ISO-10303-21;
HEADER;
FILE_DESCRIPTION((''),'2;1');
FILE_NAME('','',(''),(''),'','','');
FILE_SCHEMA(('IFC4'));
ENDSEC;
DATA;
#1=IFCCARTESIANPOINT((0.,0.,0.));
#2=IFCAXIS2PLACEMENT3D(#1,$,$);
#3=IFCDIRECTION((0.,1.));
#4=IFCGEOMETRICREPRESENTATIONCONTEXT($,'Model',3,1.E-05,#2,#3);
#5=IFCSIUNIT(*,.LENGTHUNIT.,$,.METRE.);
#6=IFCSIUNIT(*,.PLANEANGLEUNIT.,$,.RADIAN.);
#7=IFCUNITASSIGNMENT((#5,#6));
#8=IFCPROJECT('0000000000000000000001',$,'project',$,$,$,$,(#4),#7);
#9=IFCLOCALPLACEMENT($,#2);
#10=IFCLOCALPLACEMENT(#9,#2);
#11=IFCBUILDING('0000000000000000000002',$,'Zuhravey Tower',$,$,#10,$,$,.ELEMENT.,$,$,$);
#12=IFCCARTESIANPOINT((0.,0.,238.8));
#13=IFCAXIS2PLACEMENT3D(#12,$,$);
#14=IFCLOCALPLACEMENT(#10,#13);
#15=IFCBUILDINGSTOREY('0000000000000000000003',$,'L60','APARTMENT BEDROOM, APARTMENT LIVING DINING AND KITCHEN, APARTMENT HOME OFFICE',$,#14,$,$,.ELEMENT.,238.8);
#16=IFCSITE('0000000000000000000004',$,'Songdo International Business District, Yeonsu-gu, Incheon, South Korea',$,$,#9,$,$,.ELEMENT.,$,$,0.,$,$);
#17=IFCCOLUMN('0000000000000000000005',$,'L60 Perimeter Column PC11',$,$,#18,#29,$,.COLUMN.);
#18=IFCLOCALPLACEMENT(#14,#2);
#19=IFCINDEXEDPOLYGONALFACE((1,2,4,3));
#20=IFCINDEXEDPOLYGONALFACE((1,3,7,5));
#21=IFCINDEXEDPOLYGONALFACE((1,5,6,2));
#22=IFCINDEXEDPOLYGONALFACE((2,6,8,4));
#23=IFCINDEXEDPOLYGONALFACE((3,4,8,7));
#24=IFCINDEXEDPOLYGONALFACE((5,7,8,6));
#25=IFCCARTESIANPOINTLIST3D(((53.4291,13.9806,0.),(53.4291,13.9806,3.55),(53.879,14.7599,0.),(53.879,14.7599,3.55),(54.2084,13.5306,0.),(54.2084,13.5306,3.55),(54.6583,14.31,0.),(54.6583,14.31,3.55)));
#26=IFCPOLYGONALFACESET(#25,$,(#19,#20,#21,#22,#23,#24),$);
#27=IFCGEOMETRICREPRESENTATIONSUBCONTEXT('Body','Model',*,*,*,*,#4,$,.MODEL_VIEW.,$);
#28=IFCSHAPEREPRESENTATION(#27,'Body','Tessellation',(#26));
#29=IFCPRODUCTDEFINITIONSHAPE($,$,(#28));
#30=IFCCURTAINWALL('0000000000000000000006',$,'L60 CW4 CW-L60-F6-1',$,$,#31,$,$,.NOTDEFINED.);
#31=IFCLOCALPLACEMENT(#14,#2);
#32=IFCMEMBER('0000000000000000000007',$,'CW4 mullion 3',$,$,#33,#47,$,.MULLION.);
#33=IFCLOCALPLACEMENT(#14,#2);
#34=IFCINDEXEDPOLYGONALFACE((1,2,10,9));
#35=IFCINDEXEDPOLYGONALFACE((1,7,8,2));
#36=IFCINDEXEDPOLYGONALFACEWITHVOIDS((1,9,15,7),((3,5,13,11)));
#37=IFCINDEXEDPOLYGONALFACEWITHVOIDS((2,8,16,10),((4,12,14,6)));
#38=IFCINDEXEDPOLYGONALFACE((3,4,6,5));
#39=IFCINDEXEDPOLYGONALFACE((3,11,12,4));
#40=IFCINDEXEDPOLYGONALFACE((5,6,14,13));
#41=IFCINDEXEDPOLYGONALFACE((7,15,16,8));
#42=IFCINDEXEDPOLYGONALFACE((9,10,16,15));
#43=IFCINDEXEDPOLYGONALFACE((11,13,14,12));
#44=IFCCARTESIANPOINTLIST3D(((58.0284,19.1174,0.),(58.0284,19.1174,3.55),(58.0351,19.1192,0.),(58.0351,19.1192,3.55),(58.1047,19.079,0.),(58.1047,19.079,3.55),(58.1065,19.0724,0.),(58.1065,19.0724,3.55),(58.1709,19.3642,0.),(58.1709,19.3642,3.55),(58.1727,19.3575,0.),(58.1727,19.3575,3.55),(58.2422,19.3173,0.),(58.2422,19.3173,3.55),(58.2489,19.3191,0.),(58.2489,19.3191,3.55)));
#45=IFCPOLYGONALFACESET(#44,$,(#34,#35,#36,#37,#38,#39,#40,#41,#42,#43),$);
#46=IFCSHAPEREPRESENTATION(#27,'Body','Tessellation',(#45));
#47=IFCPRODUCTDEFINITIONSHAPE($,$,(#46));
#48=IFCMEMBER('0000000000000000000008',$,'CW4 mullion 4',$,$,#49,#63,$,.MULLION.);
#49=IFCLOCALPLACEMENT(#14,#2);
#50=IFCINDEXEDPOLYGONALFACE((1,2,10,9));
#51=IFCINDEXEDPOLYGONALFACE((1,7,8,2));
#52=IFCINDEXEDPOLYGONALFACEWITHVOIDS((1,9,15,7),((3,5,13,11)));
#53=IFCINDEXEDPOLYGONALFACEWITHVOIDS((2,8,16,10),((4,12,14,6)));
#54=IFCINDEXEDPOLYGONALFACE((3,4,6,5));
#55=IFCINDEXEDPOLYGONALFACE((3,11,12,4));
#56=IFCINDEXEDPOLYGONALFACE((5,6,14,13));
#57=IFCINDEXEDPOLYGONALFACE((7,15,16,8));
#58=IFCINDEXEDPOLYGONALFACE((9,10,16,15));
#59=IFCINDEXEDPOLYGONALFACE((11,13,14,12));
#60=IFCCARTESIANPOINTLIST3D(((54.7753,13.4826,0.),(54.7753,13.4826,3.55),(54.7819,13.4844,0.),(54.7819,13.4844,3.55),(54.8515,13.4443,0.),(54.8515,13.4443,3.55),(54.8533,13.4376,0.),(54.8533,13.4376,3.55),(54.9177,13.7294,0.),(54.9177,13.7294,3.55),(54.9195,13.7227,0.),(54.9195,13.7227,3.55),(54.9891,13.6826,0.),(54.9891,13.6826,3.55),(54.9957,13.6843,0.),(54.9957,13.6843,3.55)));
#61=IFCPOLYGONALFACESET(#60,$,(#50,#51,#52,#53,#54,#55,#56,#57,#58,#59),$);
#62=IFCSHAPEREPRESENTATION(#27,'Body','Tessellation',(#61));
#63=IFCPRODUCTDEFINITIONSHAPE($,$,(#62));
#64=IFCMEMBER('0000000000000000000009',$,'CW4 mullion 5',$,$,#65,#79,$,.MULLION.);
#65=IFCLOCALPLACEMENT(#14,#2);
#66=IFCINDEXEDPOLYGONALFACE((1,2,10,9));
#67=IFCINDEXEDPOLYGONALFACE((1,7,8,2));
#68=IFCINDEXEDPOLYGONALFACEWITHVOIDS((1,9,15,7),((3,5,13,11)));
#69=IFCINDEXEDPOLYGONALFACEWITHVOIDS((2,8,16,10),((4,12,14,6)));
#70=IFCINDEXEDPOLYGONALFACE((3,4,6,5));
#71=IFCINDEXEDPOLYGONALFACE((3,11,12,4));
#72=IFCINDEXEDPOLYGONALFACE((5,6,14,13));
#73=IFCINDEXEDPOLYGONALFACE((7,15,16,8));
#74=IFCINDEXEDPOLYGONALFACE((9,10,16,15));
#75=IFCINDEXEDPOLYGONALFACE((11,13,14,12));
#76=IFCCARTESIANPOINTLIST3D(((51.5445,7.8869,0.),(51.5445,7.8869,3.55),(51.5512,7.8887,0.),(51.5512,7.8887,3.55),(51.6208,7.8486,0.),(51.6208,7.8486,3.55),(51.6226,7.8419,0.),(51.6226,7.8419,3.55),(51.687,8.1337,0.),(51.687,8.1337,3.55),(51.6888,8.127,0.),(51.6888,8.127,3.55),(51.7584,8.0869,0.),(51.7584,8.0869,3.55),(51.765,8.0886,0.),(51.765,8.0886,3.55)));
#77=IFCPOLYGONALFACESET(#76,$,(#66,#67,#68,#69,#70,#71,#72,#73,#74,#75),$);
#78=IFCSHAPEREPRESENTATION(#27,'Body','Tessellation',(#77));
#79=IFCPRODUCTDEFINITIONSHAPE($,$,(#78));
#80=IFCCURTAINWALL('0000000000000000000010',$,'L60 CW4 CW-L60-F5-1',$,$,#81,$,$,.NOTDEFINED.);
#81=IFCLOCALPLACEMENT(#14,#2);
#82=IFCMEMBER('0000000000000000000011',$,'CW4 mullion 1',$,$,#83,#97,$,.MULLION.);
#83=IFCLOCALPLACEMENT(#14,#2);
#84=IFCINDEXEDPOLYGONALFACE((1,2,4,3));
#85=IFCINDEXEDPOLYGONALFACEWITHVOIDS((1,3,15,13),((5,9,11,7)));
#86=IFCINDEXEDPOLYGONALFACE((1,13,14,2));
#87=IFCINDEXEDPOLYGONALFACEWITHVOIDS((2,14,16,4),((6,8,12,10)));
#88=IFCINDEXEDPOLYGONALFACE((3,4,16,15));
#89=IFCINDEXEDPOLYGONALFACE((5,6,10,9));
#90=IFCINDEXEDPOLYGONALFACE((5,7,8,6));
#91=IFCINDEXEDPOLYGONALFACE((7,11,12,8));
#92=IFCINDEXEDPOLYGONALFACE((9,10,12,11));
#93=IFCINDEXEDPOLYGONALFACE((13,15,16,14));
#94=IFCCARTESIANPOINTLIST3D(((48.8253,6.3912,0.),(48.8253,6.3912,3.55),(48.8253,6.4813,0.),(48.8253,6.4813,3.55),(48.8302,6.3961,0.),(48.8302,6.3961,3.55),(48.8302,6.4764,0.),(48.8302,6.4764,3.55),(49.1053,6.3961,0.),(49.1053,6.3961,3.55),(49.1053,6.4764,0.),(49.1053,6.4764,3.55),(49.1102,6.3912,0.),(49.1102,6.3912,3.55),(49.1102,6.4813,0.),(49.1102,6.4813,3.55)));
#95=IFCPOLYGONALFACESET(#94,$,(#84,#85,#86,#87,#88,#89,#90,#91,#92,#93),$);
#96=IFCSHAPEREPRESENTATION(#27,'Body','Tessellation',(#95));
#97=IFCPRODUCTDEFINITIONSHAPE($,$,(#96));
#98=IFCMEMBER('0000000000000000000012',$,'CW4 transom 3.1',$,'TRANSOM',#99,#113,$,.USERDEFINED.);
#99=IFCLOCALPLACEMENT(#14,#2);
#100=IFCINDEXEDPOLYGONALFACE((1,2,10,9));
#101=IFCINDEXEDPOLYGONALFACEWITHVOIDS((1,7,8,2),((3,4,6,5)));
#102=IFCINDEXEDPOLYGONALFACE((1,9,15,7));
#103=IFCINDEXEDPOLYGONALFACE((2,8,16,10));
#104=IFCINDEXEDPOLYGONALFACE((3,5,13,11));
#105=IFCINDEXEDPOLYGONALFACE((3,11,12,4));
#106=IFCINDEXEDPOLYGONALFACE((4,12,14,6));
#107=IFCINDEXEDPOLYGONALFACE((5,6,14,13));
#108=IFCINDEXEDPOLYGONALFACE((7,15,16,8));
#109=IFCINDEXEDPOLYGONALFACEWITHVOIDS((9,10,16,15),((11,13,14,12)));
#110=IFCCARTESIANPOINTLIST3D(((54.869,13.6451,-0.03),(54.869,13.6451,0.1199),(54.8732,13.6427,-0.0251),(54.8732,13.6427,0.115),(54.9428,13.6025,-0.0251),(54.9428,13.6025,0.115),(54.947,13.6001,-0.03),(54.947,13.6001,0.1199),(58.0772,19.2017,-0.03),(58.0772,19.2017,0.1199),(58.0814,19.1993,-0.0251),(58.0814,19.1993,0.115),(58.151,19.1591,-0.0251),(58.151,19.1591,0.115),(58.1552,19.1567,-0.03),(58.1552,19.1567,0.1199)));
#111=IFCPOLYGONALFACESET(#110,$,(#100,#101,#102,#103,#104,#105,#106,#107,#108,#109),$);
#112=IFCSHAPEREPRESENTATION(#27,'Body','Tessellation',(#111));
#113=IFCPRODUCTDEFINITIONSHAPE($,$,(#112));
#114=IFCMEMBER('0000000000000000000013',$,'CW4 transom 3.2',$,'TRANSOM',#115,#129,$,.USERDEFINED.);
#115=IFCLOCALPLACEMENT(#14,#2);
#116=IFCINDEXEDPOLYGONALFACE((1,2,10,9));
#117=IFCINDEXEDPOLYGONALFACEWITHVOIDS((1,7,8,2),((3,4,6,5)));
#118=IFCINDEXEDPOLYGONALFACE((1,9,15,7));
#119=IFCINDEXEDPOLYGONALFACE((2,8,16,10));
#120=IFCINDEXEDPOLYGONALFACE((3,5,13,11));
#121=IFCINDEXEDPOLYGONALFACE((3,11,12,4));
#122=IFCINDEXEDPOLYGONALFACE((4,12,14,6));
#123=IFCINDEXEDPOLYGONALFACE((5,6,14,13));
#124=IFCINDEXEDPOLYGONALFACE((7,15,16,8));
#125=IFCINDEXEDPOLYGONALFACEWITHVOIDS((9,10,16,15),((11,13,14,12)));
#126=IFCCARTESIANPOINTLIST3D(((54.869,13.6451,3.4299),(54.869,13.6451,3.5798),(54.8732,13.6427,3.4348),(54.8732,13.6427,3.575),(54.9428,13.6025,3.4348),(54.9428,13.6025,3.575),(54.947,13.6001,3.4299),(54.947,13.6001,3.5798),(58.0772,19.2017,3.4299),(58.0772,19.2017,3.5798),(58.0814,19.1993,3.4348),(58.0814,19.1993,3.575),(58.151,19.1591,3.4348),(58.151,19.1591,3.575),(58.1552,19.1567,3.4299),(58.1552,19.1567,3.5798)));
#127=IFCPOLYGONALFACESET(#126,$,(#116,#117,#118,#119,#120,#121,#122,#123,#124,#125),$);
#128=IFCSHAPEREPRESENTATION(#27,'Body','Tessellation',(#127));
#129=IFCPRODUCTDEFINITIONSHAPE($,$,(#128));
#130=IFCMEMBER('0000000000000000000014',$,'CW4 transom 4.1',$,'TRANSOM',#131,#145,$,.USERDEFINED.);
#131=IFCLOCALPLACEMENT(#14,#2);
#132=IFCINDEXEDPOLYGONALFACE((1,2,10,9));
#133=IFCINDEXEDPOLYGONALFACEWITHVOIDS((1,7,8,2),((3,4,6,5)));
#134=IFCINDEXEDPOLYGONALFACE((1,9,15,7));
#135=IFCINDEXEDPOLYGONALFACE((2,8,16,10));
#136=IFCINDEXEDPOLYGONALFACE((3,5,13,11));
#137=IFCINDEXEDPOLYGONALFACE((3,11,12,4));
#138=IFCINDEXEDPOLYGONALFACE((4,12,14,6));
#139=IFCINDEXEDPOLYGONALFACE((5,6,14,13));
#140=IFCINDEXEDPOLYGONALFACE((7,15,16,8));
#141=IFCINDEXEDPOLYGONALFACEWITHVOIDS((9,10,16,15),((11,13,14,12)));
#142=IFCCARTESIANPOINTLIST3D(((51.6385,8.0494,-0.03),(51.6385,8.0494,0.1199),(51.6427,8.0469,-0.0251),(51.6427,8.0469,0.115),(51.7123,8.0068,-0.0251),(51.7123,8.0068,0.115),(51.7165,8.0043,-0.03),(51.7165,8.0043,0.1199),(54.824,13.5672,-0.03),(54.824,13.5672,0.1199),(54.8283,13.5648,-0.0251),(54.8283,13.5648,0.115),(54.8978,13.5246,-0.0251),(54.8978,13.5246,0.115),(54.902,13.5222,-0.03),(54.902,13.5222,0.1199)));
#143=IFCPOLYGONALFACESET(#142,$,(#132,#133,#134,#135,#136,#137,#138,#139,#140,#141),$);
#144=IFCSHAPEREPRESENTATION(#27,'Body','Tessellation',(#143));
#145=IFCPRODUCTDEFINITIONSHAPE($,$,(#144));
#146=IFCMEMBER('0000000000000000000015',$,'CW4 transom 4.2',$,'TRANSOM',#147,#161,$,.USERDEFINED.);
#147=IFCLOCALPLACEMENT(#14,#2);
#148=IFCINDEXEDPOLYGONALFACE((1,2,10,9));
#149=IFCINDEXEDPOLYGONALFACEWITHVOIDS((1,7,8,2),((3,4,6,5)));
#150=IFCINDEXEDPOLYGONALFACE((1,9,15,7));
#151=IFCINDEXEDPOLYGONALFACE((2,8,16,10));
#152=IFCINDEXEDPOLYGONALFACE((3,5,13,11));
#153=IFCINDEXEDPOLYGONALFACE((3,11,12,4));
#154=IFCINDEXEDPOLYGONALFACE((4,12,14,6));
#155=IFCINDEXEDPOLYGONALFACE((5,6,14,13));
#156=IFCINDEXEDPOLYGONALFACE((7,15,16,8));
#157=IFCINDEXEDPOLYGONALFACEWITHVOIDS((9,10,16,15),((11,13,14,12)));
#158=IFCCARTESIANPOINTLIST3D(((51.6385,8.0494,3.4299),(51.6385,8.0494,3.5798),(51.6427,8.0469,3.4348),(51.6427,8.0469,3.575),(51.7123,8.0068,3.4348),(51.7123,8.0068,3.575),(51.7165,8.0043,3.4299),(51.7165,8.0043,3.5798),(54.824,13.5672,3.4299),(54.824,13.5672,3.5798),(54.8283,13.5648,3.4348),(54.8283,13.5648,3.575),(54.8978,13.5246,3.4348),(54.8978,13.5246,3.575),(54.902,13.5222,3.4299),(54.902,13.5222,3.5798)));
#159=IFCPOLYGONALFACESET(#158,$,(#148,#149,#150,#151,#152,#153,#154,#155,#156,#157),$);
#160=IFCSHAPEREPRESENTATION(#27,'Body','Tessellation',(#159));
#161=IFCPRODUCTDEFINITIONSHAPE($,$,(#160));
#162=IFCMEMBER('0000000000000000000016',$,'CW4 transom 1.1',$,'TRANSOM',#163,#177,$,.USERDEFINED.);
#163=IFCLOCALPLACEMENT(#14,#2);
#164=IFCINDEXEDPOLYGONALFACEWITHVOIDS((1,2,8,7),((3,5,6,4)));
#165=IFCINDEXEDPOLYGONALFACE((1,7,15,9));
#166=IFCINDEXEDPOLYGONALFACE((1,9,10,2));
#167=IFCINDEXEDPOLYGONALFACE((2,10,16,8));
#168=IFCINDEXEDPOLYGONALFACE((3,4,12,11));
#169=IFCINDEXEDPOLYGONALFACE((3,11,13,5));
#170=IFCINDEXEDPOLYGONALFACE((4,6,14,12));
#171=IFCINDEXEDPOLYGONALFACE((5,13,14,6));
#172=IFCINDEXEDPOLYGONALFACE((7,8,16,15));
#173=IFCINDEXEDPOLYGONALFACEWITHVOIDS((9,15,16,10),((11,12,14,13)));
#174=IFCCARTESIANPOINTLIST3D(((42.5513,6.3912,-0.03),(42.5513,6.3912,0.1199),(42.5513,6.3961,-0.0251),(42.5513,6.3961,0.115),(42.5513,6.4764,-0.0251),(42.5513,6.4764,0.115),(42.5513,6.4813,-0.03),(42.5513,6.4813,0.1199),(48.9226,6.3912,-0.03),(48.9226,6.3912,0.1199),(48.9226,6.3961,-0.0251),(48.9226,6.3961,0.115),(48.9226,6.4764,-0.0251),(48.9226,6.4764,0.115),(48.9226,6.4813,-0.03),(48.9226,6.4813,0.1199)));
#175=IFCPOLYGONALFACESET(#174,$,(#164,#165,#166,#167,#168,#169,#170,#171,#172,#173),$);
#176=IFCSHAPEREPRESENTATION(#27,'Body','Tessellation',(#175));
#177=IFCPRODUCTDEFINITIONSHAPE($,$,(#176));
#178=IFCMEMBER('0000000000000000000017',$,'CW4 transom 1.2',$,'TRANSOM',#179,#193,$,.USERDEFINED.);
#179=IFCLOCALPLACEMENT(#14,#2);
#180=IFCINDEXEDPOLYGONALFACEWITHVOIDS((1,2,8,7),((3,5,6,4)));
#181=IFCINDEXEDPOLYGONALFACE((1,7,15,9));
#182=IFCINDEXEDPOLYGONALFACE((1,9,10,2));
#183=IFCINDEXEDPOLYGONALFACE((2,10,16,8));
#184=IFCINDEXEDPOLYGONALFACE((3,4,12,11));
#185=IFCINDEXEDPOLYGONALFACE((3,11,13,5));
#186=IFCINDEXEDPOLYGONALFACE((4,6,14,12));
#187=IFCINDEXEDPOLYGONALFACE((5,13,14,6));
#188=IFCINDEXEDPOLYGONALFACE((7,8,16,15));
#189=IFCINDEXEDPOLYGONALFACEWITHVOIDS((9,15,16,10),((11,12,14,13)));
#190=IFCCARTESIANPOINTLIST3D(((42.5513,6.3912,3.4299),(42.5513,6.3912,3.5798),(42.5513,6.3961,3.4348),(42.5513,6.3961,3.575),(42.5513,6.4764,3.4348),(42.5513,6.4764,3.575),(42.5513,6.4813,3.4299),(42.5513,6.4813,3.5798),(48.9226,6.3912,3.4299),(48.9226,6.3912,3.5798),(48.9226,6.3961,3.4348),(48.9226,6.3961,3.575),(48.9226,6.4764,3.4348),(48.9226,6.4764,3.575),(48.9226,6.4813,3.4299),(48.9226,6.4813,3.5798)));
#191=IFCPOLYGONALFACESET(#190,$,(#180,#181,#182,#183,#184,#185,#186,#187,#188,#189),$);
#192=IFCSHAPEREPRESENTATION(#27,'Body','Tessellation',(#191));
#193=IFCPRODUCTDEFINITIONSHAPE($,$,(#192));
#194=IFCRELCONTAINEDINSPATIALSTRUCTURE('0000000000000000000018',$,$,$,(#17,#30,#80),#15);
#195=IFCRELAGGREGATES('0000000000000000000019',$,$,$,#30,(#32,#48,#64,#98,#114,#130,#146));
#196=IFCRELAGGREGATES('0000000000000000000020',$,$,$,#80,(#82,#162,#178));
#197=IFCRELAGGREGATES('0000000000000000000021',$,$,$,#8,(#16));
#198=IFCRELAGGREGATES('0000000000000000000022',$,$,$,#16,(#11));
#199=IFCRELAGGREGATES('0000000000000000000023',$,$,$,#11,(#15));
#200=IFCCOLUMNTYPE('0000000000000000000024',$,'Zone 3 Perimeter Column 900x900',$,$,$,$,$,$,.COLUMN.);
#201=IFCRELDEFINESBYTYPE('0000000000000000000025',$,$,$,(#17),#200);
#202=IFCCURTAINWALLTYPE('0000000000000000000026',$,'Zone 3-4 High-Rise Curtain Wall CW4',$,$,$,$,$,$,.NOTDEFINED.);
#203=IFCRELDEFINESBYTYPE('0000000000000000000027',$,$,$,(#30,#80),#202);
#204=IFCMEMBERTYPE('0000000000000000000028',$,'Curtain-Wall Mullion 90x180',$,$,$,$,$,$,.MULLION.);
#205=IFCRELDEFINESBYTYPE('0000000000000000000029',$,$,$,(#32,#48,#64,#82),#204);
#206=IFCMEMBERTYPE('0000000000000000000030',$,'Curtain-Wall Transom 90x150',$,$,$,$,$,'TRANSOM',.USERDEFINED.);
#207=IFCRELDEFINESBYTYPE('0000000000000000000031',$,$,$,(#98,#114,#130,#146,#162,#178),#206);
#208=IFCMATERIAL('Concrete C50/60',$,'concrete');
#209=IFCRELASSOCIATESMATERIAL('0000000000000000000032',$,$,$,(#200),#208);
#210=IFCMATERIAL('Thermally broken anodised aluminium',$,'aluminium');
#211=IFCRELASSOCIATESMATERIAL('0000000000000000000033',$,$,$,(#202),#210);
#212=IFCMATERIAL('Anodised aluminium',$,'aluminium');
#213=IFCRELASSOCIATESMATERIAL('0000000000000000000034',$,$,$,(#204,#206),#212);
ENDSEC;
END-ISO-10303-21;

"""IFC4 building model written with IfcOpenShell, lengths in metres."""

from ifc_helpers import new_model, si_unit, direction, frame, origin, origin_2d, place, context, subcontext, project, spatial, rectangle, hollow_rectangle, extrude, material, material_profile, profile_set, type_object, element, aggregate, save


model = new_model("IFC4")

# Units and contexts
model_context = context("Model", 3, precision=1e-05, world=origin(), true_north=direction((0.0, 1.0)))
body_context = subcontext(model_context, "Body", "Model", "MODEL_VIEW")
ifc_project = project(units=[si_unit("LENGTHUNIT", "METRE"), si_unit("PLANEANGLEUNIT", "RADIAN")], contexts=[model_context])

# Site, building, storey
site_placement = place(None, origin())
site = spatial("IfcSite", under=ifc_project, at=site_placement, Name="Songdo International Business District, Yeonsu-gu, Incheon, South Korea", CompositionType="ELEMENT", RefElevation=0.0)
building_placement = place(site_placement, origin())
building = spatial("IfcBuilding", under=site, at=building_placement, Name="Zuhravey Tower", CompositionType="ELEMENT")
storey_placement = place(building_placement, frame((0.0, 0.0, 238.8)))
storey = spatial("IfcBuildingStorey", under=building, at=storey_placement, Name="L60", Description="APARTMENT BEDROOM, APARTMENT LIVING DINING AND KITCHEN, APARTMENT HOME OFFICE", CompositionType="ELEMENT", Elevation=238.8)

# Column
ifc_material_1 = material(Name="Concrete C50/60", Category="concrete")
ifc_material_profile_1 = material_profile(ifc_material_1, rectangle(XDim=0.8999, YDim=0.8999, at=origin_2d()), Name="RC-900x900")
ifc_profile_set_1 = profile_set([ifc_material_profile_1], Name="Concrete C50/60")
column_type = type_object("IfcColumnType", Name="Zone 3 Perimeter Column 900x900", PredefinedType="COLUMN", material=ifc_profile_set_1)
column_placement = place(storey_placement, frame((54.0437, 14.1453, 0.0), z_axis=(0.0, 0.0, 1.0), x_axis=(0.5, 0.866025, 0.0)))
element("IfcColumn", 1, at=column_placement, inside=storey, type_object=column_type, Name="L60 Perimeter Column PC11", PredefinedType="COLUMN", context=body_context, shape_type="SweptSolid", body=[
    extrude(rectangle(XDim=0.8999, YDim=0.8999, at=origin_2d()), origin(), (0.0, 0.0, 1.0), 3.55),
])

# Curtain wall, members
ifc_material_2 = material(Name="Thermally broken anodised aluminium", Category="aluminium")
curtain_wall_type = type_object("IfcCurtainWallType", Name="Zone 3-4 High-Rise Curtain Wall CW4", PredefinedType="NOTDEFINED", material=ifc_material_2)
curtain_wall_1_placement = place(storey_placement, origin())
curtain_wall_1 = element("IfcCurtainWall", 2, at=curtain_wall_1_placement, inside=storey, type_object=curtain_wall_type, Name="L60 CW4 CW-L60-F6-1", PredefinedType="NOTDEFINED")
ifc_material_3 = material(Name="Anodised aluminium", Category="aluminium")
ifc_material_profile_2 = material_profile(ifc_material_3, hollow_rectangle(XDim=0.0901, YDim=0.2849, WallThickness=0.0049, at=origin_2d()), Name="ALU-RHS-90x285x5")
ifc_profile_set_2 = profile_set([ifc_material_profile_2], Name="Anodised aluminium")
member_type_1 = type_object("IfcMemberType", Name="Curtain-Wall Mullion 90x180", PredefinedType="MULLION", material=ifc_profile_set_2)
member_1_placement = place(storey_placement, frame((58.1387, 19.2183, 0.0), z_axis=(0.0, 0.0, 1.0), x_axis=(0.866025, -0.500001, 0.0)))
member_1 = element("IfcMember", 3, at=member_1_placement, type_object=member_type_1, Name="CW4 mullion 3", PredefinedType="MULLION", context=body_context, shape_type="SweptSolid", body=[
    extrude(hollow_rectangle(XDim=0.0901, YDim=0.2849, WallThickness=0.0049, at=origin_2d()), origin(), (0.0, 0.0, 1.0), 3.55),
])
member_2_placement = place(storey_placement, frame((54.8855, 13.5835, 0.0), z_axis=(0.0, 0.0, 1.0), x_axis=(0.866025, -0.500001, 0.0)))
member_2 = element("IfcMember", 4, at=member_2_placement, type_object=member_type_1, Name="CW4 mullion 4", PredefinedType="MULLION", context=body_context, shape_type="SweptSolid", body=[
    extrude(hollow_rectangle(XDim=0.0901, YDim=0.2849, WallThickness=0.0049, at=origin_2d()), origin(), (0.0, 0.0, 1.0), 3.55),
])
member_3_placement = place(storey_placement, frame((51.6548, 7.9878, 0.0), z_axis=(0.0, 0.0, 1.0), x_axis=(0.866025, -0.500001, 0.0)))
member_3 = element("IfcMember", 5, at=member_3_placement, type_object=member_type_1, Name="CW4 mullion 5", PredefinedType="MULLION", context=body_context, shape_type="SweptSolid", body=[
    extrude(hollow_rectangle(XDim=0.0901, YDim=0.2849, WallThickness=0.0049, at=origin_2d()), origin(), (0.0, 0.0, 1.0), 3.55),
])

# Curtain wall, member
curtain_wall_2_placement = place(storey_placement, origin())
curtain_wall_2 = element("IfcCurtainWall", 6, at=curtain_wall_2_placement, inside=storey, type_object=curtain_wall_type, Name="L60 CW4 CW-L60-F5-1", PredefinedType="NOTDEFINED")
member_4_placement = place(storey_placement, frame((48.9678, 6.4363, 0.0), z_axis=(0.0, 0.0, 1.0), x_axis=(0.0, -1.0, 0.0)))
member_4 = element("IfcMember", 7, at=member_4_placement, type_object=member_type_1, Name="CW4 mullion 1", PredefinedType="MULLION", context=body_context, shape_type="SweptSolid", body=[
    extrude(hollow_rectangle(XDim=0.0901, YDim=0.2849, WallThickness=0.0049, at=origin_2d()), origin(), (0.0, 0.0, 1.0), 3.55),
])

# Members
ifc_material_profile_3 = material_profile(ifc_material_3, hollow_rectangle(XDim=0.0901, YDim=0.1499, WallThickness=0.0049, at=origin_2d()), Name="ALU-RHS-90x150x5")
ifc_profile_set_3 = profile_set([ifc_material_profile_3], Name="Anodised aluminium")
member_type_2 = type_object("IfcMemberType", Name="Curtain-Wall Transom 90x150", ElementType="TRANSOM", PredefinedType="USERDEFINED", material=ifc_profile_set_3)
member_5_placement = place(storey_placement, frame((58.1162, 19.1792, 0.0449), z_axis=(-0.500014, -0.866017, 0.0), x_axis=(0.866017, -0.500014, 0.0)))
member_5 = element("IfcMember", 8, at=member_5_placement, type_object=member_type_2, Name="CW4 transom 3.1", ObjectType="TRANSOM", PredefinedType="USERDEFINED", context=body_context, shape_type="SweptSolid", body=[
    extrude(hollow_rectangle(XDim=0.0901, YDim=0.1499, WallThickness=0.0049, at=origin_2d()), origin(), (0.0, 0.0, 1.0), 6.4163),
])
member_6_placement = place(storey_placement, frame((58.1162, 19.1792, 3.5049), z_axis=(-0.500014, -0.866017, 0.0), x_axis=(0.866017, -0.500014, 0.0)))
member_6 = element("IfcMember", 9, at=member_6_placement, type_object=member_type_2, Name="CW4 transom 3.2", ObjectType="TRANSOM", PredefinedType="USERDEFINED", context=body_context, shape_type="SweptSolid", body=[
    extrude(hollow_rectangle(XDim=0.0901, YDim=0.1499, WallThickness=0.0049, at=origin_2d()), origin(), (0.0, 0.0, 1.0), 6.4163),
])
member_7_placement = place(storey_placement, frame((54.863, 13.5447, 0.0449), z_axis=(-0.49998, -0.866037, 0.0), x_axis=(0.866037, -0.49998, 0.0)))
member_7 = element("IfcMember", 10, at=member_7_placement, type_object=member_type_2, Name="CW4 transom 4.1", ObjectType="TRANSOM", PredefinedType="USERDEFINED", context=body_context, shape_type="SweptSolid", body=[
    extrude(hollow_rectangle(XDim=0.0901, YDim=0.1499, WallThickness=0.0049, at=origin_2d()), origin(), (0.0, 0.0, 1.0), 6.3713),
])
member_8_placement = place(storey_placement, frame((54.863, 13.5447, 3.5049), z_axis=(-0.49998, -0.866037, 0.0), x_axis=(0.866037, -0.49998, 0.0)))
member_8 = element("IfcMember", 11, at=member_8_placement, type_object=member_type_2, Name="CW4 transom 4.2", ObjectType="TRANSOM", PredefinedType="USERDEFINED", context=body_context, shape_type="SweptSolid", body=[
    extrude(hollow_rectangle(XDim=0.0901, YDim=0.1499, WallThickness=0.0049, at=origin_2d()), origin(), (0.0, 0.0, 1.0), 6.3713),
])
member_9_placement = place(storey_placement, frame((48.9226, 6.4363, 0.0449), z_axis=(-1.0, 0.0, 0.0), x_axis=(0.0, -1.0, 0.0)))
member_9 = element("IfcMember", 12, at=member_9_placement, type_object=member_type_2, Name="CW4 transom 1.1", ObjectType="TRANSOM", PredefinedType="USERDEFINED", context=body_context, shape_type="SweptSolid", body=[
    extrude(hollow_rectangle(XDim=0.0901, YDim=0.1499, WallThickness=0.0049, at=origin_2d()), origin(), (0.0, 0.0, 1.0), 6.3713),
])
member_10_placement = place(storey_placement, frame((48.9226, 6.4363, 3.5049), z_axis=(-1.0, 0.0, 0.0), x_axis=(0.0, -1.0, 0.0)))
member_10 = element("IfcMember", 13, at=member_10_placement, type_object=member_type_2, Name="CW4 transom 1.2", ObjectType="TRANSOM", PredefinedType="USERDEFINED", context=body_context, shape_type="SweptSolid", body=[
    extrude(hollow_rectangle(XDim=0.0901, YDim=0.1499, WallThickness=0.0049, at=origin_2d()), origin(), (0.0, 0.0, 1.0), 6.3713),
])

aggregate(curtain_wall_1, [member_1, member_2, member_3, member_5, member_6, member_7, member_8])
aggregate(curtain_wall_2, [member_4, member_9, member_10])

save(model, "model.ifc")
